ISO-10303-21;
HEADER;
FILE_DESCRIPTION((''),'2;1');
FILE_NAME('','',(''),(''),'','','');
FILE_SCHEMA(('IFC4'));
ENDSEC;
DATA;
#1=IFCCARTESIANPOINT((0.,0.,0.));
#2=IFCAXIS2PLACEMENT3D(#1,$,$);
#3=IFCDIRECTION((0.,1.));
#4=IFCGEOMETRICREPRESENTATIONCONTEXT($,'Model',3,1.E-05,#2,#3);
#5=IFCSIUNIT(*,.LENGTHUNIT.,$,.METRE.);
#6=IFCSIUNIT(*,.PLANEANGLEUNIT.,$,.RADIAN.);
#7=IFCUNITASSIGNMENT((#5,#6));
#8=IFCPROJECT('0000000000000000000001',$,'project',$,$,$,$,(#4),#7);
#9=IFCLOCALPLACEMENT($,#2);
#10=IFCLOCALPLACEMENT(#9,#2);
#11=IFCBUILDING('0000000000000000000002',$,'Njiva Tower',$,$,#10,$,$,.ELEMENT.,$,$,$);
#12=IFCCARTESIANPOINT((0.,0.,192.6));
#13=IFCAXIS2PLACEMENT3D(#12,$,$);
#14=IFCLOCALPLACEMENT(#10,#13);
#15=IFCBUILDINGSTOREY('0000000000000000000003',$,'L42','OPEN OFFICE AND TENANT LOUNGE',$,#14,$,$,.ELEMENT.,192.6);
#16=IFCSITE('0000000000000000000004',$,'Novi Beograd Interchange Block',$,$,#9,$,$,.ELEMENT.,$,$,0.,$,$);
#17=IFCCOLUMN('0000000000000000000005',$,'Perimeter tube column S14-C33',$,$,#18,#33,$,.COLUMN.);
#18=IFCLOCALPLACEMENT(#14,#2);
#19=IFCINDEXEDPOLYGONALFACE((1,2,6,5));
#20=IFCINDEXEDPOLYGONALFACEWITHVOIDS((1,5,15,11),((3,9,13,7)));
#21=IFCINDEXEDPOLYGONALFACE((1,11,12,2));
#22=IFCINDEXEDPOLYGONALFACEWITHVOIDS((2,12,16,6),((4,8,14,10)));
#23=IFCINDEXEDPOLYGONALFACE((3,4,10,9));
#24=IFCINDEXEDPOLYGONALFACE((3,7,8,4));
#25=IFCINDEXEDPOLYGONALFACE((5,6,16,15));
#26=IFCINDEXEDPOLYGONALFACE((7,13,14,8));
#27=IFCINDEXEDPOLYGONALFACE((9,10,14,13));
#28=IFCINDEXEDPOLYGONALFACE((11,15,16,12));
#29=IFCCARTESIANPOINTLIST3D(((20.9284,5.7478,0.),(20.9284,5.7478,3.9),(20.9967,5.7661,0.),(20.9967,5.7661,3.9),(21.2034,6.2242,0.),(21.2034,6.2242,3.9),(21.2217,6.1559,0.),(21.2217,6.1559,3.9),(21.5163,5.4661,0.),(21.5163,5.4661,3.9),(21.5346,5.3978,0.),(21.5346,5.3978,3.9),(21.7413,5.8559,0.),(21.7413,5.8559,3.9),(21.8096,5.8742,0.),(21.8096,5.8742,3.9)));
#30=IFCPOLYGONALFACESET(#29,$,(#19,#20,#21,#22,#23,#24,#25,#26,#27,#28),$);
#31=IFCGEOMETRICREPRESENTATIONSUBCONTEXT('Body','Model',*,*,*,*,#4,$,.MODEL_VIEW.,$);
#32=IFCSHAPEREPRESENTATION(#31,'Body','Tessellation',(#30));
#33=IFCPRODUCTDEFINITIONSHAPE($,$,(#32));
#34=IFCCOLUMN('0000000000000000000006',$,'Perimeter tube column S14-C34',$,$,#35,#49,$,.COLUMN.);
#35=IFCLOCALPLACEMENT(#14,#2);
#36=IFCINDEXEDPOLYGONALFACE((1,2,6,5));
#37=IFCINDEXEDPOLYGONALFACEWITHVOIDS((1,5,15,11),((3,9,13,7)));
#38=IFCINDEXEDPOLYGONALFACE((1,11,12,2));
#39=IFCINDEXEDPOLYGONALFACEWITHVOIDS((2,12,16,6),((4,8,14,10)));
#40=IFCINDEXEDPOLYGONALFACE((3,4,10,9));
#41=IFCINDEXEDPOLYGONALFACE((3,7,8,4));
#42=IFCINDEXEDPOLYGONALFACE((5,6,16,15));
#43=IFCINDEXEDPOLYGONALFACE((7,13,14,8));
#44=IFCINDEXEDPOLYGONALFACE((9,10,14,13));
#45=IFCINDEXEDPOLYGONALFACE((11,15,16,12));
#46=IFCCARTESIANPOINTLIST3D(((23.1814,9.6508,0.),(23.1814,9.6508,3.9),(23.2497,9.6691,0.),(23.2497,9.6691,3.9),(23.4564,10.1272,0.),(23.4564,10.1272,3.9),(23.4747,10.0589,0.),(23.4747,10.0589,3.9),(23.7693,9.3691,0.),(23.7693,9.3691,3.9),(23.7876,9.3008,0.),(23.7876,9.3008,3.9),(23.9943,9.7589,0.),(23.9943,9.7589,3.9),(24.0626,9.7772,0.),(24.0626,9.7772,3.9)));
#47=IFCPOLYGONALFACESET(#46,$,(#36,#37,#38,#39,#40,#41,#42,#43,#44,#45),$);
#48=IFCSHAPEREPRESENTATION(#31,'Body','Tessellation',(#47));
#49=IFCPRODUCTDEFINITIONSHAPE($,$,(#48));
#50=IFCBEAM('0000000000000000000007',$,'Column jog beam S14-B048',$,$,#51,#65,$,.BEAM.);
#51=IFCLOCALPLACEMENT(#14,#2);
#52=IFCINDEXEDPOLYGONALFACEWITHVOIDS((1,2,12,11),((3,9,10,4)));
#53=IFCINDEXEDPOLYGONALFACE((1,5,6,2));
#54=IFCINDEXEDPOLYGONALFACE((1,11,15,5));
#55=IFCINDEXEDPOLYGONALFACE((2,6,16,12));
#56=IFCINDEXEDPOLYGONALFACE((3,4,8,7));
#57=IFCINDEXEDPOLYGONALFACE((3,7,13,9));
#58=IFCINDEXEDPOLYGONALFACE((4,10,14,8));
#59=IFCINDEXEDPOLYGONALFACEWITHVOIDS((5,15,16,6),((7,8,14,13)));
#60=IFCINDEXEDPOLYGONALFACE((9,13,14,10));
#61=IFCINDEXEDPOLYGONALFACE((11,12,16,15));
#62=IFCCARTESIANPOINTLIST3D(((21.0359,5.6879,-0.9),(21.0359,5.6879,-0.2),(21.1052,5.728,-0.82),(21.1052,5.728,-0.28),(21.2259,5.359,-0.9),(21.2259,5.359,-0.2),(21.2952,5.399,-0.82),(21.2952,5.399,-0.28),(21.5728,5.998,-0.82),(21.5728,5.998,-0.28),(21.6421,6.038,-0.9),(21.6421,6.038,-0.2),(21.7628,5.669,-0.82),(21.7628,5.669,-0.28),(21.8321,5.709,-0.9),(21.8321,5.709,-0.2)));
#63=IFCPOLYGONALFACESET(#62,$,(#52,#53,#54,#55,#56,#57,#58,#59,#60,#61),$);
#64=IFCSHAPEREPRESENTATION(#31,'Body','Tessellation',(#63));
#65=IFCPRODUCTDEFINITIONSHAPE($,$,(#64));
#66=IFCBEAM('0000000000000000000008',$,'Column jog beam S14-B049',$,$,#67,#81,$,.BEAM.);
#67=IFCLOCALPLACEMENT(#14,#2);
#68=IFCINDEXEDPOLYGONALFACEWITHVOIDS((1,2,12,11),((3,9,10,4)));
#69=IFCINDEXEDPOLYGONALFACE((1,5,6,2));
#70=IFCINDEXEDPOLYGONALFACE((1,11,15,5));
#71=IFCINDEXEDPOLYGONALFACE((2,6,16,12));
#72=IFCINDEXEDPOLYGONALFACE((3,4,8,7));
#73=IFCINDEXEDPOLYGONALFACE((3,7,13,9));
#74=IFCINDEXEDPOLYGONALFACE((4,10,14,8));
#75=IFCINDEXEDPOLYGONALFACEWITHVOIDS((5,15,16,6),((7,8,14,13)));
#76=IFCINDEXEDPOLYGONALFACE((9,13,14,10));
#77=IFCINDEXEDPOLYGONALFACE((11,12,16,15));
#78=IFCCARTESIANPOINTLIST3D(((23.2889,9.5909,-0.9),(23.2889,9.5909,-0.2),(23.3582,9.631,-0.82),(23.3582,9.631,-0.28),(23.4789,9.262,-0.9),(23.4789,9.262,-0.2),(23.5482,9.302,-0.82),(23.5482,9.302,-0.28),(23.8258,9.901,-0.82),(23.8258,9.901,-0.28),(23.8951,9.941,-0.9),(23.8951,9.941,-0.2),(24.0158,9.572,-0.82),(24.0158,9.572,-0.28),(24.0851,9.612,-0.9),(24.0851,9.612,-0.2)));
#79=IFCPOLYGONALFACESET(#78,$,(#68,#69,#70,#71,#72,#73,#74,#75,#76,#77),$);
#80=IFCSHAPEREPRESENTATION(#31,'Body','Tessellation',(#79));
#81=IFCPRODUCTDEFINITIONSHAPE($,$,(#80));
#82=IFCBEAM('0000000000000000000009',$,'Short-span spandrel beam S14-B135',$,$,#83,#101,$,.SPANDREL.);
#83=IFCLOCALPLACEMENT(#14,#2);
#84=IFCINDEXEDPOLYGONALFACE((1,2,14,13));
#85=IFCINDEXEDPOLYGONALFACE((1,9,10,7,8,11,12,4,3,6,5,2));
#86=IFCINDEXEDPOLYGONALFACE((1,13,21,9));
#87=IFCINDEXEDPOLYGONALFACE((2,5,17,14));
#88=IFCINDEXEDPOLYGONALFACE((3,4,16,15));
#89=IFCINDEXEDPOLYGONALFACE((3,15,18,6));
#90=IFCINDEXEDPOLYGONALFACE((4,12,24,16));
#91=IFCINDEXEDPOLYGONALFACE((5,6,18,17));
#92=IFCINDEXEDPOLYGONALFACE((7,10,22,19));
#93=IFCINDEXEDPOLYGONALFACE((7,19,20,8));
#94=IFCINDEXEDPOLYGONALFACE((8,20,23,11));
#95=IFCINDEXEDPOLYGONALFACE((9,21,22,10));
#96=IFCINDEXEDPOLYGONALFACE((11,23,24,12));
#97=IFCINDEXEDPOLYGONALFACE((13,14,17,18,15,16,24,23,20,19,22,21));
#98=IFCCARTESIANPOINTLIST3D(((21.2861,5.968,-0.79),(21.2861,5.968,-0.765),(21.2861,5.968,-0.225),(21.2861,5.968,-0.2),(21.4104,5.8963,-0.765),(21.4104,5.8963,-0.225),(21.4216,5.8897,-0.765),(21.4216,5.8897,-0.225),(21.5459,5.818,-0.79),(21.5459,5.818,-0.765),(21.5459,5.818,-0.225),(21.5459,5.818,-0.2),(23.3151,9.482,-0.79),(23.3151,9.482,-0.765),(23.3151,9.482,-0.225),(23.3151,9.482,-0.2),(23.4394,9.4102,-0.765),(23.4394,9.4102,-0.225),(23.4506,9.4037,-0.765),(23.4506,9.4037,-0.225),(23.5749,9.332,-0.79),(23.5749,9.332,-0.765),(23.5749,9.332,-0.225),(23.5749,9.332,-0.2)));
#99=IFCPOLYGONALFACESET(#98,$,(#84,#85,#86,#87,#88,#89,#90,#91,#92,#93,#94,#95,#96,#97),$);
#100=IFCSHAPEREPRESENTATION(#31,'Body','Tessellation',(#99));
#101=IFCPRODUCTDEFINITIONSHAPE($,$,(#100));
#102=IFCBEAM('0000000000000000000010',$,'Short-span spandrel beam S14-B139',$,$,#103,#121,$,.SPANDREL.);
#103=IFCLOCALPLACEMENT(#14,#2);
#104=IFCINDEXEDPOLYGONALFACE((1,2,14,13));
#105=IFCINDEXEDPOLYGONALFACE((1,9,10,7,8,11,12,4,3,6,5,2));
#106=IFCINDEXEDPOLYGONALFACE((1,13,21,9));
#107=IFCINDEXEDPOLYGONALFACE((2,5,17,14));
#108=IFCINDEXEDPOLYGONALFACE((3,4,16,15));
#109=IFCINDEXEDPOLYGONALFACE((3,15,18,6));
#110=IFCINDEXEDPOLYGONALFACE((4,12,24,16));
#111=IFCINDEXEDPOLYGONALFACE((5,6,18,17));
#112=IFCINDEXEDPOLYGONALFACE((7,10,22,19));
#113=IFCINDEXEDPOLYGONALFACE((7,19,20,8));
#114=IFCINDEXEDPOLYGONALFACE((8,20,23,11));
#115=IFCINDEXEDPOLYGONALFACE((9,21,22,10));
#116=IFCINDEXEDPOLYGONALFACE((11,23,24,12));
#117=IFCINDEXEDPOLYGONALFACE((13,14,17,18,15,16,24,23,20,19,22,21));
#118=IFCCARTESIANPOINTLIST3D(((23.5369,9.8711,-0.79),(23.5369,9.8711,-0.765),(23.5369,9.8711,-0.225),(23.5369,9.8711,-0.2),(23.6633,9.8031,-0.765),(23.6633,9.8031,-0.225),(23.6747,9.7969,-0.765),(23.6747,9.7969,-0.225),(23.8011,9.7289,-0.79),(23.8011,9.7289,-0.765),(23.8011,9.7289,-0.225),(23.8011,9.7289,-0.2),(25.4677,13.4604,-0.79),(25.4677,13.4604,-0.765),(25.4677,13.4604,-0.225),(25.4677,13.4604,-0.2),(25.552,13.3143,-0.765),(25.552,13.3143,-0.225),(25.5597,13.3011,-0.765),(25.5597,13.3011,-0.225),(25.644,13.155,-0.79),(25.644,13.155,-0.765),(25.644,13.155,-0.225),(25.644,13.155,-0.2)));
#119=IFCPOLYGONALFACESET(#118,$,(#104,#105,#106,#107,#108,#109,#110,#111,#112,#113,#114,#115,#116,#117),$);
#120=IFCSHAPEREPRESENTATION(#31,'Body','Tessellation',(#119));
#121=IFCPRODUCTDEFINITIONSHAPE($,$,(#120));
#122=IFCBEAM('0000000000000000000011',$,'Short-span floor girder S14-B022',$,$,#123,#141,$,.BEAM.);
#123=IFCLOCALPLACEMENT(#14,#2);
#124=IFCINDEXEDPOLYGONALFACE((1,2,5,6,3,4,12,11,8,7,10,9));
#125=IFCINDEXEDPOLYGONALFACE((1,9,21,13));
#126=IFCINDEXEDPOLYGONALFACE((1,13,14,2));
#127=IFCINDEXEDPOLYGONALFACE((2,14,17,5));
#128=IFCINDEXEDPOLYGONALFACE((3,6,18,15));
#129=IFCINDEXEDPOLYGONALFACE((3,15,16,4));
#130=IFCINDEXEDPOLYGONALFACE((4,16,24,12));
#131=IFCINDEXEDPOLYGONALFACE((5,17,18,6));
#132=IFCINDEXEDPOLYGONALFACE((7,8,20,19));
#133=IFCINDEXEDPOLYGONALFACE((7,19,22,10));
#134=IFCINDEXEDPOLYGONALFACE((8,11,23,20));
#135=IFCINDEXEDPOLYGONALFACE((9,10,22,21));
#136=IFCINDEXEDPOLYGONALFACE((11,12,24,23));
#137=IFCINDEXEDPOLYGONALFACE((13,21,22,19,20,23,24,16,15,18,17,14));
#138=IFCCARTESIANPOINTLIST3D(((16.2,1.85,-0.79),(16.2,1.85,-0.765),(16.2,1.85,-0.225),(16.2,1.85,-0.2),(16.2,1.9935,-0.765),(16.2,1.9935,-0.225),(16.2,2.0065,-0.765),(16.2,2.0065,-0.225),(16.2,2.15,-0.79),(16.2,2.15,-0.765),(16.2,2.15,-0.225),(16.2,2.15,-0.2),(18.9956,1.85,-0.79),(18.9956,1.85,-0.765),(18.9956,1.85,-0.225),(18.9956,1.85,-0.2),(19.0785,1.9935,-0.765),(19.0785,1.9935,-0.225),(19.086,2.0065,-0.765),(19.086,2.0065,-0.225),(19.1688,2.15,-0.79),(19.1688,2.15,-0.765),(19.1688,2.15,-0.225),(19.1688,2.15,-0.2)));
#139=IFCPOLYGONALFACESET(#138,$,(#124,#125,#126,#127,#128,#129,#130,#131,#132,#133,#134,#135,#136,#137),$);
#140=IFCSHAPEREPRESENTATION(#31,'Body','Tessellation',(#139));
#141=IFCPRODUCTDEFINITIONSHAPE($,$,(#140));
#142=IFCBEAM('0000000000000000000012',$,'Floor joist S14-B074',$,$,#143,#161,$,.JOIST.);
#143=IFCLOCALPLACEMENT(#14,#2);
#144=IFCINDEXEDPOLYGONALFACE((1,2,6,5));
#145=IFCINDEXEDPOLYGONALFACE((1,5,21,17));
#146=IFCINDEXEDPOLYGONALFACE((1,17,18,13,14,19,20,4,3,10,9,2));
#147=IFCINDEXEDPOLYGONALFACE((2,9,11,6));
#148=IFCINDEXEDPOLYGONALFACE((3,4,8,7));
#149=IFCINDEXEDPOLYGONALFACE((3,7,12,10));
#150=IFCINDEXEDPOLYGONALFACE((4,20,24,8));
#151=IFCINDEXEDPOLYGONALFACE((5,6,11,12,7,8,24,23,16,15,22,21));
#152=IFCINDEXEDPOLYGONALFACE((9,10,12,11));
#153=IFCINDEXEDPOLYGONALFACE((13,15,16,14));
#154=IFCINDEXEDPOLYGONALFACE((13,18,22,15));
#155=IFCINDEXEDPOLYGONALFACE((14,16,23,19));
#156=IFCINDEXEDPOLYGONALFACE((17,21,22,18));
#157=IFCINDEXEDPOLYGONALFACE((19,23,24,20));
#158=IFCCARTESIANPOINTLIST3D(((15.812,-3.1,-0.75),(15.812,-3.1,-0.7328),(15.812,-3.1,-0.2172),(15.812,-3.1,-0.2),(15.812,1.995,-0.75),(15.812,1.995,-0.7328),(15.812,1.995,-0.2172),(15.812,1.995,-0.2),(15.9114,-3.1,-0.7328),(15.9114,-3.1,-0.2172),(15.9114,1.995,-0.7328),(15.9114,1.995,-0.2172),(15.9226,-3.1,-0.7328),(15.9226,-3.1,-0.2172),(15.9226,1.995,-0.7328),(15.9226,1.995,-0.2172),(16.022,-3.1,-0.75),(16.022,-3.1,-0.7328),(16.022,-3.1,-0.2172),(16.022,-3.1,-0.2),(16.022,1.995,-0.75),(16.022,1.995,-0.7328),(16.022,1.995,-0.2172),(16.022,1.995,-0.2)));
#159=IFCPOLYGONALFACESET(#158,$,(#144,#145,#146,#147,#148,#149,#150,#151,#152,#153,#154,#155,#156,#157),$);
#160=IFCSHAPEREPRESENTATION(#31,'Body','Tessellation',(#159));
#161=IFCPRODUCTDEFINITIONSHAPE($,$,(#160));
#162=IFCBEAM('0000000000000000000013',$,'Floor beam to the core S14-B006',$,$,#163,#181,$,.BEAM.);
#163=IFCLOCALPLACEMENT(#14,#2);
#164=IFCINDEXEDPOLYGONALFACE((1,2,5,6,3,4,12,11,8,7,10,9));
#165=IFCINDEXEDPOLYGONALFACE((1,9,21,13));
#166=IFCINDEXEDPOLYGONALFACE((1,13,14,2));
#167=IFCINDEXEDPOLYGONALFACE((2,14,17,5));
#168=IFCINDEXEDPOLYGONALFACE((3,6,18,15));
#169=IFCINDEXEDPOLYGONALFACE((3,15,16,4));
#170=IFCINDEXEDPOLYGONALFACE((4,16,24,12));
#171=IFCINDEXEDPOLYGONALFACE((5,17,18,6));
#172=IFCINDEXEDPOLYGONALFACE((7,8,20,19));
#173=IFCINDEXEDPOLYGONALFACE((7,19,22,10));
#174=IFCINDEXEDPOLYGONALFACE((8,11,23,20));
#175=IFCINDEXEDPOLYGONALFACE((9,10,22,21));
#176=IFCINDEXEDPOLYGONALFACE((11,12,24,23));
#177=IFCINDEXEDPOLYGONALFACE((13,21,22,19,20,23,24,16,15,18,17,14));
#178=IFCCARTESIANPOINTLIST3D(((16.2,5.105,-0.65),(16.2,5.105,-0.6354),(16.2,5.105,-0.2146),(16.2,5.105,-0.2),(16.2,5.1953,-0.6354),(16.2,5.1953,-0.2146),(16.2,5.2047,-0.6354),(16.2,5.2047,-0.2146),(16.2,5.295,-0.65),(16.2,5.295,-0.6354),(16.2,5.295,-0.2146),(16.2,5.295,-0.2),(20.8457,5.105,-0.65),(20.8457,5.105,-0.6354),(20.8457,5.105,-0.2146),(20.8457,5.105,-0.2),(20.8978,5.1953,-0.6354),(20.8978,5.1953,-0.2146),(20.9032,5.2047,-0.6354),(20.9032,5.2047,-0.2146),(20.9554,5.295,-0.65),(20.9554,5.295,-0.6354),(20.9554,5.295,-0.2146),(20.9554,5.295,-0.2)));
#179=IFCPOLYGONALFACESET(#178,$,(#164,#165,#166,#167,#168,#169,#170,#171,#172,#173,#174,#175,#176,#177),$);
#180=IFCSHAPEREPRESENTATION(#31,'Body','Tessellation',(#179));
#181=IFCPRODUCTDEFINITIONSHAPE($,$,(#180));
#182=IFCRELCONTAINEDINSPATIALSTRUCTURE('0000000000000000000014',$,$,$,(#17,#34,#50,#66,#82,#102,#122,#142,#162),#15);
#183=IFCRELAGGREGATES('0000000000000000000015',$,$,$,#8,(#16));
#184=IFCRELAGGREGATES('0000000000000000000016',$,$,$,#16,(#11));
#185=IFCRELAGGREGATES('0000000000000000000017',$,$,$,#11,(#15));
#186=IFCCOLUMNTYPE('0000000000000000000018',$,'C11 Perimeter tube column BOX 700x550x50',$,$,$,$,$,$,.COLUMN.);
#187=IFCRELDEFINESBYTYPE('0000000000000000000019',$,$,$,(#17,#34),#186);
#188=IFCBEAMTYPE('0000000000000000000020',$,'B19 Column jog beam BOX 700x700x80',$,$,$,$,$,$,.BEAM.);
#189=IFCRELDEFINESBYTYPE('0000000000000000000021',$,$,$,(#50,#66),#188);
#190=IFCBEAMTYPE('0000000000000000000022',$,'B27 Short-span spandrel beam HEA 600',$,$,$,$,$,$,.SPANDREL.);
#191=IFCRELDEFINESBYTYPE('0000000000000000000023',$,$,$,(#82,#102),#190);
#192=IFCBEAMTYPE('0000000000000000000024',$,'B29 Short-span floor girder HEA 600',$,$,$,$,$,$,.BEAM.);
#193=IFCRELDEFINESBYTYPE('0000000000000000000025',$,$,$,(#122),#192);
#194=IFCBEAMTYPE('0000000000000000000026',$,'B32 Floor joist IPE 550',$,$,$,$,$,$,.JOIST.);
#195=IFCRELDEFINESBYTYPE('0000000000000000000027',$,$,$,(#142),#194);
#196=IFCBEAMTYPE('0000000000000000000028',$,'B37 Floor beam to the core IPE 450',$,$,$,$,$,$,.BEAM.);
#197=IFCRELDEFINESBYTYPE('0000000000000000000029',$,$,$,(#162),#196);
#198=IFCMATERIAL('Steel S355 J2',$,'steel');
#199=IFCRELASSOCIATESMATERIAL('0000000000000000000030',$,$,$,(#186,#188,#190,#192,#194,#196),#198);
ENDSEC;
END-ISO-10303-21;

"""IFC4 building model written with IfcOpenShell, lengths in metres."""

from ifc_helpers import new_model, si_unit, direction, frame, origin, origin_2d, place, context, subcontext, project, spatial, hollow_rectangle, i_section, extrude, clip, halfspace, material, material_profile, profile_set, type_object, element, save


model = new_model("IFC4")

# Units and contexts
model_context = context("Model", 3, precision=1e-05, world=origin(), true_north=direction((0.0, 1.0)))
body_context = subcontext(model_context, "Body", "Model", "MODEL_VIEW")
ifc_project = project(units=[si_unit("LENGTHUNIT", "METRE"), si_unit("PLANEANGLEUNIT", "RADIAN")], contexts=[model_context])

# Site, building, storey
site_placement = place(None, origin())
site = spatial("IfcSite", under=ifc_project, at=site_placement, Name="Novi Beograd Interchange Block", CompositionType="ELEMENT", RefElevation=0.0)
building_placement = place(site_placement, origin())
building = spatial("IfcBuilding", under=site, at=building_placement, Name="Njiva Tower", CompositionType="ELEMENT")
storey_placement = place(building_placement, frame((0.0, 0.0, 192.6)))
storey = spatial("IfcBuildingStorey", under=building, at=storey_placement, Name="L42", Description="OPEN OFFICE AND TENANT LOUNGE", CompositionType="ELEMENT", Elevation=192.6)

# Columns
ifc_material_1 = material(Name="Steel S355 J2", Category="steel")
ifc_material_profile_1 = material_profile(ifc_material_1, hollow_rectangle(XDim=0.55, YDim=0.7, WallThickness=0.05, at=origin_2d()), Name="BOX 700x550x50")
ifc_profile_set_1 = profile_set([ifc_material_profile_1], Name="Steel S355 J2")
column_type = type_object("IfcColumnType", Name="C11 Perimeter tube column BOX 700x550x50", PredefinedType="COLUMN", material=ifc_profile_set_1)
for number, where, z_axis, x_axis, name in (
    (1, (21.369, 5.811, 0.0), (0.0, 0.0, 1.0), (0.5, 0.866025, 0.0), "Perimeter tube column S14-C33"),
    (2, (23.622, 9.714, 0.0), (0.0, 0.0, 1.0), (0.5, 0.866025, 0.0), "Perimeter tube column S14-C34"),
):
    element("IfcColumn", number, at=place(storey_placement, frame(where, z_axis=z_axis, x_axis=x_axis)), inside=storey, type_object=column_type, Name=name, PredefinedType="COLUMN", context=body_context, shape_type="SweptSolid", body=[
        extrude(hollow_rectangle(XDim=0.55, YDim=0.7, WallThickness=0.05, at=origin_2d()), origin(), (0.0, 0.0, 1.0), 3.9),
    ])

# Beams
ifc_material_profile_2 = material_profile(ifc_material_1, hollow_rectangle(XDim=0.7, YDim=0.7, WallThickness=0.08, at=origin_2d()), Name="BOX 700x700x80")
ifc_profile_set_2 = profile_set([ifc_material_profile_2], Name="Steel S355 J2")
beam_type_1 = type_object("IfcBeamType", Name="B19 Column jog beam BOX 700x700x80", PredefinedType="BEAM", material=ifc_profile_set_2)
for number, where, z_axis, x_axis, name in (
    (3, (21.529, 5.534, -0.55), (-0.500102, 0.865966, 0.0), (-0.865966, -0.500102, 0.0), "Column jog beam S14-B048"),
    (4, (23.782, 9.437, -0.55), (-0.500102, 0.865966, 0.0), (-0.865966, -0.500102, 0.0), "Column jog beam S14-B049"),
):
    element("IfcBeam", number, at=place(storey_placement, frame(where, z_axis=z_axis, x_axis=x_axis)), inside=storey, type_object=beam_type_1, Name=name, PredefinedType="BEAM", context=body_context, shape_type="SweptSolid", body=[
        extrude(hollow_rectangle(XDim=0.7, YDim=0.7, WallThickness=0.08, at=origin_2d()), origin(), (0.0, 0.0, 1.0), 0.3799),
    ])
ifc_material_profile_3 = material_profile(ifc_material_1, i_section(OverallWidth=0.3, OverallDepth=0.59, WebThickness=0.013, FlangeThickness=0.025, at=origin_2d()), Name="HEA 600")
ifc_profile_set_3 = profile_set([ifc_material_profile_3], Name="Steel S355 J2")
beam_type_2 = type_object("IfcBeamType", Name="B27 Short-span spandrel beam HEA 600", PredefinedType="SPANDREL", material=ifc_profile_set_3)
beam_1_placement = place(storey_placement, frame((21.416, 5.893, -0.495), z_axis=(0.500035, 0.866005, 0.0), x_axis=(-0.866005, 0.500035, 0.0)))
element("IfcBeam", 5, at=beam_1_placement, inside=storey, type_object=beam_type_2, Name="Short-span spandrel beam S14-B135", PredefinedType="SPANDREL", context=body_context, shape_type="SweptSolid", body=[
    extrude(i_section(OverallWidth=0.3, OverallDepth=0.59, WebThickness=0.013, FlangeThickness=0.025, at=origin_2d()), origin(), (0.0, 0.0, 1.0), 4.0577),
])
beam_2_placement = place(storey_placement, frame((23.669, 9.8, -0.495), z_axis=(0.473726, 0.880673, 0.0), x_axis=(-0.880673, 0.473726, 0.0)))
element("IfcBeam", 6, at=beam_2_placement, inside=storey, type_object=beam_type_2, Name="Short-span spandrel beam S14-B139", PredefinedType="SPANDREL", context=body_context, shape_type="Clipping", body=[
    clip(extrude(i_section(OverallWidth=0.3, OverallDepth=0.59, WebThickness=0.013, FlangeThickness=0.025, at=origin_2d()), origin(), (0.0, 0.0, 1.0), 4.0963), halfspace(frame((-0.026, 0.0, 3.9669), z_axis=(-0.525824, 0.0, 0.850593), x_axis=(0.0, 1.0, 0.0)), False)),
])
ifc_material_profile_4 = material_profile(ifc_material_1, i_section(OverallWidth=0.3, OverallDepth=0.59, WebThickness=0.013, FlangeThickness=0.025, at=origin_2d()), Name="HEA 600")
ifc_profile_set_4 = profile_set([ifc_material_profile_4], Name="Steel S355 J2")
beam_type_3 = type_object("IfcBeamType", Name="B29 Short-span floor girder HEA 600", PredefinedType="BEAM", material=ifc_profile_set_4)
beam_3_placement = place(storey_placement, frame((16.2, 2.0, -0.495), z_axis=(1.0, 0.0, 0.0), x_axis=(0.0, 1.0, 0.0)))
element("IfcBeam", 7, at=beam_3_placement, inside=storey, type_object=beam_type_3, Name="Short-span floor girder S14-B022", PredefinedType="BEAM", context=body_context, shape_type="Clipping", body=[
    clip(extrude(i_section(OverallWidth=0.3, OverallDepth=0.59, WebThickness=0.013, FlangeThickness=0.025, at=origin_2d()), origin(), (0.0, 0.0, 1.0), 2.989), halfspace(frame((-0.025, 0.0, 2.8678), z_axis=(-0.499998, 0.0, 0.866027), x_axis=(0.0, 1.0, 0.0)), False)),
])
ifc_material_profile_5 = material_profile(ifc_material_1, i_section(OverallWidth=0.21, OverallDepth=0.55, WebThickness=0.0111, FlangeThickness=0.0172, at=origin_2d()), Name="IPE 550")
ifc_profile_set_5 = profile_set([ifc_material_profile_5], Name="Steel S355 J2")
beam_type_4 = type_object("IfcBeamType", Name="B32 Floor joist IPE 550", PredefinedType="JOIST", material=ifc_profile_set_5)
beam_4_placement = place(storey_placement, frame((15.917, 1.995, -0.475), z_axis=(0.0, -1.0, 0.0), x_axis=(1.0, 0.0, 0.0)))
element("IfcBeam", 8, at=beam_4_placement, inside=storey, type_object=beam_type_4, Name="Floor joist S14-B074", PredefinedType="JOIST", context=body_context, shape_type="SweptSolid", body=[
    extrude(i_section(OverallWidth=0.21, OverallDepth=0.55, WebThickness=0.0111, FlangeThickness=0.0172, at=origin_2d()), origin(), (0.0, 0.0, 1.0), 5.095),
])
ifc_material_profile_6 = material_profile(ifc_material_1, i_section(OverallWidth=0.19, OverallDepth=0.45, WebThickness=0.0094, FlangeThickness=0.0146, at=origin_2d()), Name="IPE 450")
ifc_profile_set_6 = profile_set([ifc_material_profile_6], Name="Steel S355 J2")
beam_type_5 = type_object("IfcBeamType", Name="B37 Floor beam to the core IPE 450", PredefinedType="BEAM", material=ifc_profile_set_6)
beam_5_placement = place(storey_placement, frame((16.2, 5.2, -0.425), z_axis=(1.0, 0.0, 0.0), x_axis=(0.0, 1.0, 0.0)))
element("IfcBeam", 9, at=beam_5_placement, inside=storey, type_object=beam_type_5, Name="Floor beam to the core S14-B006", PredefinedType="BEAM", context=body_context, shape_type="Clipping", body=[
    clip(extrude(i_section(OverallWidth=0.19, OverallDepth=0.45, WebThickness=0.0094, FlangeThickness=0.0146, at=origin_2d()), origin(), (0.0, 0.0, 1.0), 4.776), halfspace(frame((-0.025, 0.0, 4.6861), z_axis=(-0.499998, 0.0, 0.866027), x_axis=(0.0, 1.0, 0.0)), False)),
])

save(model, "model.ifc")
